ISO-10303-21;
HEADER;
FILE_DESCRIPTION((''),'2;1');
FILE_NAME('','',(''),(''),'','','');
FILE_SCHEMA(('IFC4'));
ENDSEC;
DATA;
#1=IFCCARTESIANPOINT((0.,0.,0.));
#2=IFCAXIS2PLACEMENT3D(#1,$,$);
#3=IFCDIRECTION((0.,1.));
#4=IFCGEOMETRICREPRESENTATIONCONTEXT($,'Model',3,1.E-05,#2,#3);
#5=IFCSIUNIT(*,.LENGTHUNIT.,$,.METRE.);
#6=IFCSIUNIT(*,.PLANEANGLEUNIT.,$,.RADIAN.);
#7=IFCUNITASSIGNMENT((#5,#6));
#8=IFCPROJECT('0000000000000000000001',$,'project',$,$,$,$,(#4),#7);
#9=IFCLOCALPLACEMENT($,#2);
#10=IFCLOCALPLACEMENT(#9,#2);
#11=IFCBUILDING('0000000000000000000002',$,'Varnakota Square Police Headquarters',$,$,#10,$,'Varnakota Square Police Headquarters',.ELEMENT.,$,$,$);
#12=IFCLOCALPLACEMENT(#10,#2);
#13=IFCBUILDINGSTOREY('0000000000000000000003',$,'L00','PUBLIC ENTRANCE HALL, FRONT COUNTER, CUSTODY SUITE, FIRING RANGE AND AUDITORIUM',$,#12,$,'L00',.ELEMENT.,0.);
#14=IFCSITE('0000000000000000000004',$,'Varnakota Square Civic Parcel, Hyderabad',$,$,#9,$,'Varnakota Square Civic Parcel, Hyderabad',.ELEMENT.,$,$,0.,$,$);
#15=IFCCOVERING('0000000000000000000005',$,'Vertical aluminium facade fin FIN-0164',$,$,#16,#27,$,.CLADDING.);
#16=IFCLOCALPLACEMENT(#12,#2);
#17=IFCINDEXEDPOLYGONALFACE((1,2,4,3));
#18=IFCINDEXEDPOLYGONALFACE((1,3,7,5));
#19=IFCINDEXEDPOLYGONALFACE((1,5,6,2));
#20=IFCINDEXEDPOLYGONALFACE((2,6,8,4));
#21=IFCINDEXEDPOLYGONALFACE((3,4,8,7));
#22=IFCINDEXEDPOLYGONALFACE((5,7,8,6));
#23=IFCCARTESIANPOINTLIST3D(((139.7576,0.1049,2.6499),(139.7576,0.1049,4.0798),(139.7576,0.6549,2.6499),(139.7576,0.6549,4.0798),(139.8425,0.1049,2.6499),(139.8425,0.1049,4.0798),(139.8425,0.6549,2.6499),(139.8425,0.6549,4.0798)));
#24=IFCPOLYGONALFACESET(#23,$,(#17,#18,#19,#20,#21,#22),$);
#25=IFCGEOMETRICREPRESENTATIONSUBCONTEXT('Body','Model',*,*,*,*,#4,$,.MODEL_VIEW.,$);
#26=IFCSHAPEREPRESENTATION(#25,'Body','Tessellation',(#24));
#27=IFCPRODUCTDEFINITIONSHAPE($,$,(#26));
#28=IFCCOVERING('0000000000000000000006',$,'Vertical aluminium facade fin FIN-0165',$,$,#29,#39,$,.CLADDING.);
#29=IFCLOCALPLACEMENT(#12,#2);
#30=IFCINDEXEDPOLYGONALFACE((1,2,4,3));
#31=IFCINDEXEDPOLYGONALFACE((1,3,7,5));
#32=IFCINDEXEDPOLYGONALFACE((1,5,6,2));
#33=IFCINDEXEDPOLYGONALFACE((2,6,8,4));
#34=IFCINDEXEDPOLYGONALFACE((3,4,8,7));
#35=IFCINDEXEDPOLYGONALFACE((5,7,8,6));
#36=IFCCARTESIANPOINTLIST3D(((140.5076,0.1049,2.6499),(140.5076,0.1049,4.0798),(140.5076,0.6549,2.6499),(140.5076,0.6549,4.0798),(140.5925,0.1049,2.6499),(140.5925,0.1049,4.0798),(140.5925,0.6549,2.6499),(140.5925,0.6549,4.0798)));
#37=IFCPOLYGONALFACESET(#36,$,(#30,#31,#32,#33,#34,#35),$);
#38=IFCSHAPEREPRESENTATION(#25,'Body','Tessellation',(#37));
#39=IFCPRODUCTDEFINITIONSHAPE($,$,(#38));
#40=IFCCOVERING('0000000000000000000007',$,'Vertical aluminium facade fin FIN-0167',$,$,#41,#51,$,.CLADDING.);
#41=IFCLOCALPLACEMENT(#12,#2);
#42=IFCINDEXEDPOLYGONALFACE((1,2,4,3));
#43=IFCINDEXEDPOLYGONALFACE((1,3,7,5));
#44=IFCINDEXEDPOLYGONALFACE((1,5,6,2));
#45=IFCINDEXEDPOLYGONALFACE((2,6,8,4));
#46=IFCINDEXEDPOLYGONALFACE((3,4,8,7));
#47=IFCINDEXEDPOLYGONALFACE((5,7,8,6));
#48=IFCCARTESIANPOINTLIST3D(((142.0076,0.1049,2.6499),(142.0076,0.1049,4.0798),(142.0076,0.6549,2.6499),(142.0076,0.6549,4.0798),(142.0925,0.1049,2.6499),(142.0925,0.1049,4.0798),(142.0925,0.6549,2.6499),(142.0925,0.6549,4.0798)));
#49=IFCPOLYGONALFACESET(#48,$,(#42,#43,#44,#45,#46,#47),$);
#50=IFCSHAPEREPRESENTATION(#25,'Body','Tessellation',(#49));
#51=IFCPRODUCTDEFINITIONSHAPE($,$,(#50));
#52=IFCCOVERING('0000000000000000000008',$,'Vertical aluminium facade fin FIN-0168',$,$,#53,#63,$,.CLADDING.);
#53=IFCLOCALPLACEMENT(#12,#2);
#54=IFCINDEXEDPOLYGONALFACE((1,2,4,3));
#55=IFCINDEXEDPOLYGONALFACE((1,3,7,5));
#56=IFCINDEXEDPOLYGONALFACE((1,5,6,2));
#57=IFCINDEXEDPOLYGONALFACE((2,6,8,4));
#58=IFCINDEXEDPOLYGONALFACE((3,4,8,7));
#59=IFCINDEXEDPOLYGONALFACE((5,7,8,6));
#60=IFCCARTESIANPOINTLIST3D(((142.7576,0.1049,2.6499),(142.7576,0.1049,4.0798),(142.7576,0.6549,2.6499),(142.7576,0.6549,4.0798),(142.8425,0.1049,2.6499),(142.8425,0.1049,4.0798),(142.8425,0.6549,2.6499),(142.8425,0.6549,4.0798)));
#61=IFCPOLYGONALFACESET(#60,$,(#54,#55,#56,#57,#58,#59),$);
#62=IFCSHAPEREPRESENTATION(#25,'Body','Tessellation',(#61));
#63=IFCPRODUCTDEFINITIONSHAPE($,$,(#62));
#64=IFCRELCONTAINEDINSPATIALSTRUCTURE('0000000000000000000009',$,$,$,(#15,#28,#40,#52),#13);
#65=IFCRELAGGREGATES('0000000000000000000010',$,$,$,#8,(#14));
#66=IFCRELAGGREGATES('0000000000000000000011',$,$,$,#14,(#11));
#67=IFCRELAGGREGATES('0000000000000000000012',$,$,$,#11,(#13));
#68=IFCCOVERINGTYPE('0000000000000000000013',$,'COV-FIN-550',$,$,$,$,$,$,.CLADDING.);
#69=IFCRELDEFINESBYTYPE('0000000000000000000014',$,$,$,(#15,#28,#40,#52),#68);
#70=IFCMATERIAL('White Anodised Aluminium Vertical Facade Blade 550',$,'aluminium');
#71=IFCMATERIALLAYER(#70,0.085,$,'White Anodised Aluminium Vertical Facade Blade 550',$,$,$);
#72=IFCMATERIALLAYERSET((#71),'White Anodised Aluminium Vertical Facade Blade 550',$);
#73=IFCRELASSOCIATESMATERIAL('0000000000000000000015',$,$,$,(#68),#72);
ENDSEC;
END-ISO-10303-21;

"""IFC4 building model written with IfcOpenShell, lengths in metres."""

from ifc_helpers import new_model, si_unit, direction, frame, origin, origin_2d, place, context, subcontext, project, spatial, rectangle, extrude, material, layer, layer_set, type_object, element, save


model = new_model("IFC4")

# Units and contexts
model_context = context("Model", 3, precision=1e-05, world=origin(), true_north=direction((0.0, 1.0)))
body_context = subcontext(model_context, "Body", "Model", "MODEL_VIEW")
ifc_project = project(units=[si_unit("LENGTHUNIT", "METRE"), si_unit("PLANEANGLEUNIT", "RADIAN")], contexts=[model_context])

# Site, building, storey
site_placement = place(None, origin())
site = spatial("IfcSite", under=ifc_project, at=site_placement, Name="Varnakota Square Civic Parcel, Hyderabad", LongName="Varnakota Square Civic Parcel, Hyderabad", CompositionType="ELEMENT", RefElevation=0.0)
building_placement = place(site_placement, origin())
building = spatial("IfcBuilding", under=site, at=building_placement, Name="Varnakota Square Police Headquarters", LongName="Varnakota Square Police Headquarters", CompositionType="ELEMENT")
storey_placement = place(building_placement, origin())
storey = spatial("IfcBuildingStorey", under=building, at=storey_placement, Name="L00", Description="PUBLIC ENTRANCE HALL, FRONT COUNTER, CUSTODY SUITE, FIRING RANGE AND AUDITORIUM", LongName="L00", CompositionType="ELEMENT", Elevation=0.0)

# Coverings
ifc_material_1 = material(Name="White Anodised Aluminium Vertical Facade Blade 550", Category="aluminium")
ifc_layer_1 = layer(ifc_material_1, 0.085, Name="White Anodised Aluminium Vertical Facade Blade 550")
ifc_layer_set_1 = layer_set([ifc_layer_1], Name="White Anodised Aluminium Vertical Facade Blade 550")
covering_type_1 = type_object("IfcCoveringType", Name="COV-FIN-550", PredefinedType="CLADDING", material=ifc_layer_set_1)
for number, where, z_axis, x_axis, name in (
    (1, (139.8, 0.3799, 2.6499), (0.0, 0.0, 1.0), (1.0, 0.0, 0.0), "Vertical aluminium facade fin FIN-0164"),
    (2, (140.55, 0.3799, 2.6499), (0.0, 0.0, 1.0), (1.0, 0.0, 0.0), "Vertical aluminium facade fin FIN-0165"),
    (3, (142.05, 0.3799, 2.6499), (0.0, 0.0, 1.0), (1.0, 0.0, 0.0), "Vertical aluminium facade fin FIN-0167"),
    (4, (142.8, 0.3799, 2.6499), (0.0, 0.0, 1.0), (1.0, 0.0, 0.0), "Vertical aluminium facade fin FIN-0168"),
):
    element("IfcCovering", number, at=place(storey_placement, frame(where, z_axis=z_axis, x_axis=x_axis)), inside=storey, type_object=covering_type_1, Name=name, PredefinedType="CLADDING", context=body_context, shape_type="SweptSolid", body=[
        extrude(rectangle(XDim=0.085, YDim=0.55, at=origin_2d()), origin(), (0.0, 0.0, 1.0), 1.4299),
    ])

save(model, "model.ifc")
